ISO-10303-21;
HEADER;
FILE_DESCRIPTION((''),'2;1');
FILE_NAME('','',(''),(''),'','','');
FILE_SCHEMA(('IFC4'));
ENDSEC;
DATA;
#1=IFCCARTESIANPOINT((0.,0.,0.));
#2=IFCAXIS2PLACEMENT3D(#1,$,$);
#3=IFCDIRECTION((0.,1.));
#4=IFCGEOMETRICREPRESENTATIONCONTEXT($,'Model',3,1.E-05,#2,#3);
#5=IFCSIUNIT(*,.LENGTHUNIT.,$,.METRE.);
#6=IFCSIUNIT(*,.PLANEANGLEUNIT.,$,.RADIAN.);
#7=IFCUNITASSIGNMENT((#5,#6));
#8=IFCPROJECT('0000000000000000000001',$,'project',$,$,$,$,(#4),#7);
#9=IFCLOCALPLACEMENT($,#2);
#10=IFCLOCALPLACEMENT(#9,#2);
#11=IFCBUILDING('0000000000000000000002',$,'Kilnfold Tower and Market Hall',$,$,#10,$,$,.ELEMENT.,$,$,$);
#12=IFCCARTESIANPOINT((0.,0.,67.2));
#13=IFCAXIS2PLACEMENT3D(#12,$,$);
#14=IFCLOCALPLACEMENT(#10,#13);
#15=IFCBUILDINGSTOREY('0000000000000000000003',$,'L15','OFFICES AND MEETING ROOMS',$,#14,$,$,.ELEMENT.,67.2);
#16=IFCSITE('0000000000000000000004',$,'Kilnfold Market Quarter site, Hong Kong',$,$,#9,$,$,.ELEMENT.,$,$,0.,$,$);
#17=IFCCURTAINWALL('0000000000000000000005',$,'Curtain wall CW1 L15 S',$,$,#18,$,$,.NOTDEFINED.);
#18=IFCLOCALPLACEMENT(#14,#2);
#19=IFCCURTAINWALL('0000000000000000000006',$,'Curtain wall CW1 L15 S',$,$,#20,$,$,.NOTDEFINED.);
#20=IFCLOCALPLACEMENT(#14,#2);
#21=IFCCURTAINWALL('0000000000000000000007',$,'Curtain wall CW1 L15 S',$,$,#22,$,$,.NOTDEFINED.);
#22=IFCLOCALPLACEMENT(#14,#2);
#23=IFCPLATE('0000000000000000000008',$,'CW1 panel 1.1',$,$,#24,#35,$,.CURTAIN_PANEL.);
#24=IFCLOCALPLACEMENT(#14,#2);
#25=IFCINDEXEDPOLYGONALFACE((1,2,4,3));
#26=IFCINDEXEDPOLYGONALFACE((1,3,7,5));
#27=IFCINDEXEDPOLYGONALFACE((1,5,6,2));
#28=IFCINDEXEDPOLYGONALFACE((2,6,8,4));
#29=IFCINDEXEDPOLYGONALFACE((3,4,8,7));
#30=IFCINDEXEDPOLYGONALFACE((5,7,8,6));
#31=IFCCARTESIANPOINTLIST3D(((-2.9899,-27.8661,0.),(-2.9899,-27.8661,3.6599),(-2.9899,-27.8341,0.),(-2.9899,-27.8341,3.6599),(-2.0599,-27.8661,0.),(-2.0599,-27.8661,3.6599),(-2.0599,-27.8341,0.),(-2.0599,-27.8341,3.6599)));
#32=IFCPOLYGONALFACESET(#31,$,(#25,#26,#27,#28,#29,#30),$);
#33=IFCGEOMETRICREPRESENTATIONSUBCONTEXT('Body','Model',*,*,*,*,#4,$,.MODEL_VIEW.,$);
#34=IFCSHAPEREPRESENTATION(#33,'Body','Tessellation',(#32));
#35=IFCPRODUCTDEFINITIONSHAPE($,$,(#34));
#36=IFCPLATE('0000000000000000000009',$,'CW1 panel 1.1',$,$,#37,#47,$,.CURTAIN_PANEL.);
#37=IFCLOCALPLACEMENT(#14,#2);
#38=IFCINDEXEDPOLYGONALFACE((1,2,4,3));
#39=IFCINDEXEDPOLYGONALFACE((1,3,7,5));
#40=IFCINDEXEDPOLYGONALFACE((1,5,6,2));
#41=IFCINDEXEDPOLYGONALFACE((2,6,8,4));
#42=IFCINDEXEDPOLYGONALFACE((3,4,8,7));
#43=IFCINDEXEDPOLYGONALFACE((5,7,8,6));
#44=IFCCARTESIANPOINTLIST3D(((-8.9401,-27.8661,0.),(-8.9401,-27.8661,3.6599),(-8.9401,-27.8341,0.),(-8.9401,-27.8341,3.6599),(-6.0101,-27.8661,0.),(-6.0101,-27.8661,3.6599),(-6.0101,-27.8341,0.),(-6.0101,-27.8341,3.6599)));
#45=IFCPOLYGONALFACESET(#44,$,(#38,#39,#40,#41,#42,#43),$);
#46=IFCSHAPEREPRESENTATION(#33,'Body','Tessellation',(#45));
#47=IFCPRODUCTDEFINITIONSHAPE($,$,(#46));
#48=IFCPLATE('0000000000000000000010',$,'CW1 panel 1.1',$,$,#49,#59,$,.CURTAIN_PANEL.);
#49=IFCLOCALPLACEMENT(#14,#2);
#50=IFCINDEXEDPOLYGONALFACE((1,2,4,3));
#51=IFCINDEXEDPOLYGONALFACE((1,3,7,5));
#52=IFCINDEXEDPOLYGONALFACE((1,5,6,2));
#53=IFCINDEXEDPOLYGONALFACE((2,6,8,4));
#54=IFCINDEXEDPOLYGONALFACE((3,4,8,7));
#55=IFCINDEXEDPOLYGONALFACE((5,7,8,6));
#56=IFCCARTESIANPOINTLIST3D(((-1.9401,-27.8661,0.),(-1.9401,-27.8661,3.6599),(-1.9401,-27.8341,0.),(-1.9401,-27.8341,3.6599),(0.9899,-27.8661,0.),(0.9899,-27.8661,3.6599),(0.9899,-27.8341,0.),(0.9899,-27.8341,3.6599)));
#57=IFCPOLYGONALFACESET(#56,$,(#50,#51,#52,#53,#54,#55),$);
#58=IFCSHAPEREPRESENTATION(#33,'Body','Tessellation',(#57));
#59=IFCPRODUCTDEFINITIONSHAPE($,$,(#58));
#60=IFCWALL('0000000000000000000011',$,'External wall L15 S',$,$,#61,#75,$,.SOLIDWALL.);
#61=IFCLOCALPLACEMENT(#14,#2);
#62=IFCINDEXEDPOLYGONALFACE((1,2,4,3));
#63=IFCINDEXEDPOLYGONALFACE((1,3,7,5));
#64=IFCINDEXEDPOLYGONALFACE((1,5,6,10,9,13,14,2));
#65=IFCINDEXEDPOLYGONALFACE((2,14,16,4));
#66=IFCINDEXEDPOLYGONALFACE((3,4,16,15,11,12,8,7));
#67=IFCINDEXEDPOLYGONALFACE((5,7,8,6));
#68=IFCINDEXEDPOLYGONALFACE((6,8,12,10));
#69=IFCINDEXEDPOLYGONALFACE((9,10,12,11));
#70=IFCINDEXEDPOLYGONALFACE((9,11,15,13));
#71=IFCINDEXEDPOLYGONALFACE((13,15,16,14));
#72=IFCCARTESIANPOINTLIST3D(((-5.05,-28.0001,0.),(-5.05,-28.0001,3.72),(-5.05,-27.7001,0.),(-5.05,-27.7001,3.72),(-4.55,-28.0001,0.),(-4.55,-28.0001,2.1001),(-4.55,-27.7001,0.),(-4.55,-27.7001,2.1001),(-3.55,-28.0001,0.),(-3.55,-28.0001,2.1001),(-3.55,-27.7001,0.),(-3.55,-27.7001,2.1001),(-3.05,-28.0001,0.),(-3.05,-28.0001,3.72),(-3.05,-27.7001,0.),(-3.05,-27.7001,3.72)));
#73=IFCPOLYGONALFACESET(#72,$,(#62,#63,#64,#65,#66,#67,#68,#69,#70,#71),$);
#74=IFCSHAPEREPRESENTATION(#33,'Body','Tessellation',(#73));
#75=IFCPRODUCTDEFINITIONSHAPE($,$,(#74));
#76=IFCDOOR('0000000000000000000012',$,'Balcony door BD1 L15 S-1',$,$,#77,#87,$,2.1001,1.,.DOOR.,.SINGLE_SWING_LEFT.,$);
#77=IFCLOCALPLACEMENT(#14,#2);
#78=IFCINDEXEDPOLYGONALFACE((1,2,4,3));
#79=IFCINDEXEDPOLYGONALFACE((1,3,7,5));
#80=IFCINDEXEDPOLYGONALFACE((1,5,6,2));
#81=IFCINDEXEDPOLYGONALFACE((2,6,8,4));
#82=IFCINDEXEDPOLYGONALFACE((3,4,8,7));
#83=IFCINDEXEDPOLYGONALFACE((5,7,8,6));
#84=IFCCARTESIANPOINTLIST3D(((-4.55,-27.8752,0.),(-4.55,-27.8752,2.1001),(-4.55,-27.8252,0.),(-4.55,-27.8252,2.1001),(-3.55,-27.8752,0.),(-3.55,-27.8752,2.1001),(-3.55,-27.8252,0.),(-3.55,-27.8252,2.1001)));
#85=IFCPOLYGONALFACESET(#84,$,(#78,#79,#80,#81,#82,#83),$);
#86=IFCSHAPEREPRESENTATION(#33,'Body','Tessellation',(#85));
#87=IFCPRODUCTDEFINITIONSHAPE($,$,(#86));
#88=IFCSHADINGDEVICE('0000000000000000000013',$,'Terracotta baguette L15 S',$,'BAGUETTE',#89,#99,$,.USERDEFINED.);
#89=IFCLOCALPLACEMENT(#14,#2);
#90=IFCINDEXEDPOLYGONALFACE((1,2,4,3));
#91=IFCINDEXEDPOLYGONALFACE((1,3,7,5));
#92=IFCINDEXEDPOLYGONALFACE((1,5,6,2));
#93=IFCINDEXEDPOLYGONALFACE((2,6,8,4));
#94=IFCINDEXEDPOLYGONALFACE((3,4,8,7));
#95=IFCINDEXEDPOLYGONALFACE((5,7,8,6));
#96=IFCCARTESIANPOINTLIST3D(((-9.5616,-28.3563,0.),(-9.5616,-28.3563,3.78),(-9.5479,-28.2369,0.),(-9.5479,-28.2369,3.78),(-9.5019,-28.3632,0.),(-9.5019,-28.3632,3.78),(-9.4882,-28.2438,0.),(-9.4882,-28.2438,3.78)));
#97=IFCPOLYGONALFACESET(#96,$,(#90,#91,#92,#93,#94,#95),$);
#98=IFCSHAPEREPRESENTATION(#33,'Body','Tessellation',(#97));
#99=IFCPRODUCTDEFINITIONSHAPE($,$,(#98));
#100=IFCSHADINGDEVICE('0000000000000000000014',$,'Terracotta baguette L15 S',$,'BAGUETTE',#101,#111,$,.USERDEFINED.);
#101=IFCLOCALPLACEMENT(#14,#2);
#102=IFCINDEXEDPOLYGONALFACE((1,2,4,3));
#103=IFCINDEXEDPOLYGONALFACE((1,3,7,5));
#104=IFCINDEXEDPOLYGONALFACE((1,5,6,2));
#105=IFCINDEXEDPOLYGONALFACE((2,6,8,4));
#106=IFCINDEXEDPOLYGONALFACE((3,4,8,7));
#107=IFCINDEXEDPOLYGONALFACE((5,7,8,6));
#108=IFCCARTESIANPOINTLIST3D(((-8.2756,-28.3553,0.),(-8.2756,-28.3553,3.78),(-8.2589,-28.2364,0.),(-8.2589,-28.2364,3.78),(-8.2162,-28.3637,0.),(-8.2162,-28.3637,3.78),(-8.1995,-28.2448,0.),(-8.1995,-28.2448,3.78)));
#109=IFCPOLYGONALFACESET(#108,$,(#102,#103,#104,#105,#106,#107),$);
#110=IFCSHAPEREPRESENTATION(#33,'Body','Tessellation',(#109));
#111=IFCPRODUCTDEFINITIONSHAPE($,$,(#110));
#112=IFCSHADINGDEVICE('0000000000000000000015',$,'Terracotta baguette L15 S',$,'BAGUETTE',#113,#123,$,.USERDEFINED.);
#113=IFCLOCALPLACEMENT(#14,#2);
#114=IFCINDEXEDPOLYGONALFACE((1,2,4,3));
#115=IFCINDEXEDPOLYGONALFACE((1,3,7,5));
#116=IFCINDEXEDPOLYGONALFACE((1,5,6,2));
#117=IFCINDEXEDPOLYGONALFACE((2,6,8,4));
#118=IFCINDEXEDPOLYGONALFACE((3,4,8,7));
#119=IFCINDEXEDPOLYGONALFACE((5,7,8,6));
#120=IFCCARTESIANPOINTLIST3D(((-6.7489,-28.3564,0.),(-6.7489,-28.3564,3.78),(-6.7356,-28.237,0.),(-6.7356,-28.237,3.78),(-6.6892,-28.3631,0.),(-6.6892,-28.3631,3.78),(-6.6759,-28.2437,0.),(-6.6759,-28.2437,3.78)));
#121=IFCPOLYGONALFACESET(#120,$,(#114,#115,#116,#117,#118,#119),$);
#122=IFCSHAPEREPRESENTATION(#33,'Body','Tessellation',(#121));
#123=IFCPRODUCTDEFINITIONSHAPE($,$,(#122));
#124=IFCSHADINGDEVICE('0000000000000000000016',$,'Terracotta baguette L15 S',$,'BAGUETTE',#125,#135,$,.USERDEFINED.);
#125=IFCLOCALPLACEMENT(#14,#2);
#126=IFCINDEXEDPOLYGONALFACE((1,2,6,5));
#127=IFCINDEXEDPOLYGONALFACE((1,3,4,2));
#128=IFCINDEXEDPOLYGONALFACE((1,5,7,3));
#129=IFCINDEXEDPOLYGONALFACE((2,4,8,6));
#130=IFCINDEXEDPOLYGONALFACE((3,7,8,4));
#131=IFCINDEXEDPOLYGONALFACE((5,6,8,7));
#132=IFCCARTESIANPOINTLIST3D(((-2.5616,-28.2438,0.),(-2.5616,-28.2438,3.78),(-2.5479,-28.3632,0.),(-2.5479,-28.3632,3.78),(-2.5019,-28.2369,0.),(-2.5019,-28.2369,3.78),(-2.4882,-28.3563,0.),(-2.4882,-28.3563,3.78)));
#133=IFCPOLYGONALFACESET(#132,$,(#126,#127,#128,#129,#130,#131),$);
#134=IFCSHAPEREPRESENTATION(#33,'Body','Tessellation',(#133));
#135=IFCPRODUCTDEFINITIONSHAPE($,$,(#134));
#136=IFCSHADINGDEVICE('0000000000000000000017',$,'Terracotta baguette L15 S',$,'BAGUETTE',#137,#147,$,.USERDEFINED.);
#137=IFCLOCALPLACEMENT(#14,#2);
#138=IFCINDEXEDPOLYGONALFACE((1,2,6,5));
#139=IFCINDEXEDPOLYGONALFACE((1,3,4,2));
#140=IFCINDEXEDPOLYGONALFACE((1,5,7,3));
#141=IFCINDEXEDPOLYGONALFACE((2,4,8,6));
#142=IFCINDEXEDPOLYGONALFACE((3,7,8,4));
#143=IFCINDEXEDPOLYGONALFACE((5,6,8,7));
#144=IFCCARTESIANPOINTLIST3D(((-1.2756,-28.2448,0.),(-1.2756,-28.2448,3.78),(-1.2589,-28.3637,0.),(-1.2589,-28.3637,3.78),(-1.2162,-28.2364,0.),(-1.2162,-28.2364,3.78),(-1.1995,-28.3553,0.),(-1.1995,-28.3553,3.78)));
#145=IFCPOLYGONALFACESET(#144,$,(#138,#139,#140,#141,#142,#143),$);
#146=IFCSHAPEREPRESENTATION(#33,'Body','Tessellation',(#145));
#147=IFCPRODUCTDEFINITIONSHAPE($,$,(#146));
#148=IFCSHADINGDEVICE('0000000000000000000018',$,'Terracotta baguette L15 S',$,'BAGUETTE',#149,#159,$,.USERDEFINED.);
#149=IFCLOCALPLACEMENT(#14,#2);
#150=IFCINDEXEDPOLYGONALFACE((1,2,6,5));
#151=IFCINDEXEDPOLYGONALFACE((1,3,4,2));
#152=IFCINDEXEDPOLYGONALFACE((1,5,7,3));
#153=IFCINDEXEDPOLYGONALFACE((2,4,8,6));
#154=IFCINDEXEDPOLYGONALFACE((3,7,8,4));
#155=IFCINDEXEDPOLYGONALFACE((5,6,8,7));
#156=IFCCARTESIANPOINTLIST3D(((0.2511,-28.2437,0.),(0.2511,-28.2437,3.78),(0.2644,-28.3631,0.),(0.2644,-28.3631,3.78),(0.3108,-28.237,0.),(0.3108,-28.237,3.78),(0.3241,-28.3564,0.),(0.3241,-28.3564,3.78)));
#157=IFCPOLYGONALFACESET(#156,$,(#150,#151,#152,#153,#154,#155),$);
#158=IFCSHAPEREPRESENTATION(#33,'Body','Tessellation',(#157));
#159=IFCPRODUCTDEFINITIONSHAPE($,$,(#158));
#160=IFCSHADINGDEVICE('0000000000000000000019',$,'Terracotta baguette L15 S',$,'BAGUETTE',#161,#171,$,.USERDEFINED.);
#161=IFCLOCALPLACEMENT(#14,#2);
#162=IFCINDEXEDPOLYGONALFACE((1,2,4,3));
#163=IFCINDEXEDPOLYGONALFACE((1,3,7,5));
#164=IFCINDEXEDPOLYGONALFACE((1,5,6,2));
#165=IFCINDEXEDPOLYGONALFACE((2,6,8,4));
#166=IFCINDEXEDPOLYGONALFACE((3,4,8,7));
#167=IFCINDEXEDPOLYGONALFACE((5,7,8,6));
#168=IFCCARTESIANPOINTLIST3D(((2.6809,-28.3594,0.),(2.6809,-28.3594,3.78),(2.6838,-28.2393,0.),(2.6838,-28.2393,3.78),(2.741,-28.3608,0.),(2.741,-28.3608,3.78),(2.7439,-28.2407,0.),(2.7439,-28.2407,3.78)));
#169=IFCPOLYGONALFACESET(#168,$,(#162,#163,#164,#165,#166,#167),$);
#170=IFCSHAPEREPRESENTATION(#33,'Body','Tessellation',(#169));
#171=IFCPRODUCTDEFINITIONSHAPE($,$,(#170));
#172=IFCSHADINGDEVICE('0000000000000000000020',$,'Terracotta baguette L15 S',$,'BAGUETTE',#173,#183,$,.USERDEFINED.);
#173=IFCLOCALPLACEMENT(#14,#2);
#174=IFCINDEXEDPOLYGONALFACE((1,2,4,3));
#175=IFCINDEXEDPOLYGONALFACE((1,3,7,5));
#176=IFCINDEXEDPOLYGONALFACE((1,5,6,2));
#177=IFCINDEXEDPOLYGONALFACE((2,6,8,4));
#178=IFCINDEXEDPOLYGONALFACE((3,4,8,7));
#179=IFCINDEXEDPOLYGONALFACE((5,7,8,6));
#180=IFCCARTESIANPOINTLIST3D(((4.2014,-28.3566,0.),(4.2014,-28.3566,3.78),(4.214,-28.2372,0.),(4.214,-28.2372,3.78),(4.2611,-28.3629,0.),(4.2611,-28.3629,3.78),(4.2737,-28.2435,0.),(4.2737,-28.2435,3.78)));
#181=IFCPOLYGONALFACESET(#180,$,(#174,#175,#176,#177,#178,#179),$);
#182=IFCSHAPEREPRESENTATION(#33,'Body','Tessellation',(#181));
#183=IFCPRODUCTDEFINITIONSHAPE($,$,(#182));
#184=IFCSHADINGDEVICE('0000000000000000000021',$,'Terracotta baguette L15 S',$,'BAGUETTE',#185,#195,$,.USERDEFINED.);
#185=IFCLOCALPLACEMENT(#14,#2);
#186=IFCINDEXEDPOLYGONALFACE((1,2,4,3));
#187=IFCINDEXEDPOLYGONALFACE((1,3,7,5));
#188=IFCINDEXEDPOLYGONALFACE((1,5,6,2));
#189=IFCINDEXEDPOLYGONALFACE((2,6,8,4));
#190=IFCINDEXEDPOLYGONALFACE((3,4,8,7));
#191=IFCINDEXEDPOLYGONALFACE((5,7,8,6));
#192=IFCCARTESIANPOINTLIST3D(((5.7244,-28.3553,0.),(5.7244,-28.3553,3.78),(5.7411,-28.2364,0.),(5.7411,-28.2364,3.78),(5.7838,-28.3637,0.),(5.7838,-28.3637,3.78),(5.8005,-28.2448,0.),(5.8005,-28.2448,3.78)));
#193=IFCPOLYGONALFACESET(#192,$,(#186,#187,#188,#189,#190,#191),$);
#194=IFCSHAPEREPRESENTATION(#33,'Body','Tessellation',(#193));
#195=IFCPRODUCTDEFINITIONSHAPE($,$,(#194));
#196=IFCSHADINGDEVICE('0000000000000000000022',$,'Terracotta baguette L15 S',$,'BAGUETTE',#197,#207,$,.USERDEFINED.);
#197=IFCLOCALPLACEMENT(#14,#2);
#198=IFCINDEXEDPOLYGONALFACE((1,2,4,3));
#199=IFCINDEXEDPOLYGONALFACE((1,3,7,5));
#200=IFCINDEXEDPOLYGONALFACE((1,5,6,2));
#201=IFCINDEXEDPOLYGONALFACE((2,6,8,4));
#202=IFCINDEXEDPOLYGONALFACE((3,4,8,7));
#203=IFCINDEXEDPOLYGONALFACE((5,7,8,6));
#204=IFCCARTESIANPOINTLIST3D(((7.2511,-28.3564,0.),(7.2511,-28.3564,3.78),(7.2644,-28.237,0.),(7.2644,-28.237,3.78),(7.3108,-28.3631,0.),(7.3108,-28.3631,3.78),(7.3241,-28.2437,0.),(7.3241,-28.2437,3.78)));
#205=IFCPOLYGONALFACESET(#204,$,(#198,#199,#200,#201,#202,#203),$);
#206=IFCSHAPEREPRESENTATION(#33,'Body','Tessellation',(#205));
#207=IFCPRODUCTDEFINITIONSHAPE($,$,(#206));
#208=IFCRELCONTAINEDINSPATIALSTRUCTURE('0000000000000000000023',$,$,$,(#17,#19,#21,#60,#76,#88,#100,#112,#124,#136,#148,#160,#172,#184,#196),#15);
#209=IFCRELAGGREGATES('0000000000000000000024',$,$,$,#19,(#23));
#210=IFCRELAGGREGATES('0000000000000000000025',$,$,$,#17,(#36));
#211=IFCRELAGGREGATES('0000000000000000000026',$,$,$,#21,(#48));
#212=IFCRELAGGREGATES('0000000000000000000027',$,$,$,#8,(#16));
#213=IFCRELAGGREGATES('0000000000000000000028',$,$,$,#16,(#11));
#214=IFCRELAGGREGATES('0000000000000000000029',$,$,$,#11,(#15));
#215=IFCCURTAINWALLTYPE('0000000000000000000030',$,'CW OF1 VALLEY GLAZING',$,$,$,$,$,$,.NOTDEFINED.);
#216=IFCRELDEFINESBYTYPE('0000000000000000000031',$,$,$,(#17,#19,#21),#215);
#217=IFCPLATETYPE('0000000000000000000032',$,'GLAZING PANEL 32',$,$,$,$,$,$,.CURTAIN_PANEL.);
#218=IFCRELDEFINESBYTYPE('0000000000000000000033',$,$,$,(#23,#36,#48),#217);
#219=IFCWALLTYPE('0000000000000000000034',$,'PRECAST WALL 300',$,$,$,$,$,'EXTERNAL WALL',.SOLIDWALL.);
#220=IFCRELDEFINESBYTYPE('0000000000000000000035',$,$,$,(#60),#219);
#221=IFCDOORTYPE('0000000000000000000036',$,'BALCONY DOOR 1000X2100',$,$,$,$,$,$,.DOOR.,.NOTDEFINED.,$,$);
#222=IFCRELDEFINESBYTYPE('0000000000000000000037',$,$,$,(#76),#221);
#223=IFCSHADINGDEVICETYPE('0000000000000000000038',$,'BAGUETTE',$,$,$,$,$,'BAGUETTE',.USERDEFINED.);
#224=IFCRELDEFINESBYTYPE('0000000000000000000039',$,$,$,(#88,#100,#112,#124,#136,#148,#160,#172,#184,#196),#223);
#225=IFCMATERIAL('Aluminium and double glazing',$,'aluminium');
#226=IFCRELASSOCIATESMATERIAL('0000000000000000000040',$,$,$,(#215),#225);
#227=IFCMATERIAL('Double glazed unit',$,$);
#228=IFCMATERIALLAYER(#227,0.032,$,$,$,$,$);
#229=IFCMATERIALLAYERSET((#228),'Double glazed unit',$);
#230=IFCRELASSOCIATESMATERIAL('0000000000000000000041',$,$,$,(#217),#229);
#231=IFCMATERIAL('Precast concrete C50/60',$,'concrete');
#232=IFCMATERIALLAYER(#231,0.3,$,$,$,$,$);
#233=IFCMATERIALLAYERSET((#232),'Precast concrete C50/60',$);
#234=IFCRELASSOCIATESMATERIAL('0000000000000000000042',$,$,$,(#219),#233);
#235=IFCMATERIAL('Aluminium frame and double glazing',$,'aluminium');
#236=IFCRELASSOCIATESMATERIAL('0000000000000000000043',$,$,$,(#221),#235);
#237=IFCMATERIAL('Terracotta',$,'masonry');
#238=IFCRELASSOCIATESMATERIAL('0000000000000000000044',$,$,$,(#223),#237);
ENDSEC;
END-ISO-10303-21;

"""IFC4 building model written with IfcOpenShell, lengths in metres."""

from ifc_helpers import new_model, si_unit, direction, frame, frame_2d, origin, origin_2d, place, context, subcontext, project, spatial, rectangle, extrude, source, transform, mapped, material, layer, layer_set, material_profile, profile_set, type_object, element, fill, aggregate, save


model = new_model("IFC4")

# Units and contexts
model_context = context("Model", 3, precision=1e-05, world=origin(), true_north=direction((0.0, 1.0)))
body_context = subcontext(model_context, "Body", "Model", "MODEL_VIEW")
ifc_project = project(units=[si_unit("LENGTHUNIT", "METRE"), si_unit("PLANEANGLEUNIT", "RADIAN")], contexts=[model_context])

# Site, building, storey
site_placement = place(None, origin())
site = spatial("IfcSite", under=ifc_project, at=site_placement, Name="Kilnfold Market Quarter site, Hong Kong", CompositionType="ELEMENT", RefElevation=0.0)
building_placement = place(site_placement, origin())
building = spatial("IfcBuilding", under=site, at=building_placement, Name="Kilnfold Tower and Market Hall", CompositionType="ELEMENT")
storey_placement = place(building_placement, frame((0.0, 0.0, 67.2)))
storey = spatial("IfcBuildingStorey", under=building, at=storey_placement, Name="L15", Description="OFFICES AND MEETING ROOMS", CompositionType="ELEMENT", Elevation=67.2)

# Curtain walls
ifc_material_1 = material(Name="Aluminium and double glazing", Category="aluminium")
curtain_wall_type = type_object("IfcCurtainWallType", Name="CW OF1 VALLEY GLAZING", PredefinedType="NOTDEFINED", material=ifc_material_1)
curtain_wall_1_placement = place(storey_placement, origin())
curtain_wall_1 = element("IfcCurtainWall", 1, at=curtain_wall_1_placement, inside=storey, type_object=curtain_wall_type, Name="Curtain wall CW1 L15 S", PredefinedType="NOTDEFINED")
curtain_wall_2_placement = place(storey_placement, origin())
curtain_wall_2 = element("IfcCurtainWall", 2, at=curtain_wall_2_placement, inside=storey, type_object=curtain_wall_type, Name="Curtain wall CW1 L15 S", PredefinedType="NOTDEFINED")
curtain_wall_3_placement = place(storey_placement, origin())
curtain_wall_3 = element("IfcCurtainWall", 3, at=curtain_wall_3_placement, inside=storey, type_object=curtain_wall_type, Name="Curtain wall CW1 L15 S", PredefinedType="NOTDEFINED")

# Plates
ifc_material_2 = material(Name="Double glazed unit")
ifc_layer_1 = layer(ifc_material_2, 0.032)
ifc_layer_set_1 = layer_set([ifc_layer_1], Name="Double glazed unit")
plate_type = type_object("IfcPlateType", Name="GLAZING PANEL 32", PredefinedType="CURTAIN_PANEL", material=ifc_layer_set_1)
shared_shape_1 = source(origin(), body_context, "Body", "SweptSolid", [
    extrude(rectangle(XDim=0.9299, YDim=0.032, at=origin_2d()), origin(), (0.0, 0.0, 1.0), 3.6599),
])
plate_1_placement = place(storey_placement, frame((-2.5249, -27.8501, 0.0), z_axis=(0.0, 0.0, 1.0), x_axis=(1.0, 0.0, 0.0)))
plate_1 = element("IfcPlate", 4, at=plate_1_placement, type_object=plate_type, Name="CW1 panel 1.1", PredefinedType="CURTAIN_PANEL", context=body_context, shape_type="MappedRepresentation", body=[
    mapped(shared_shape_1, transform((0.0, 0.0, 0.0))),
])
aggregate(curtain_wall_2, [plate_1])
shared_shape_2 = source(origin(), body_context, "Body", "SweptSolid", [
    extrude(rectangle(XDim=2.9299, YDim=0.032, at=origin_2d()), origin(), (0.0, 0.0, 1.0), 3.6599),
])
plate_2_placement = place(storey_placement, frame((-7.4751, -27.8501, 0.0), z_axis=(0.0, 0.0, 1.0), x_axis=(1.0, 0.0, 0.0)))
plate_2 = element("IfcPlate", 5, at=plate_2_placement, type_object=plate_type, Name="CW1 panel 1.1", PredefinedType="CURTAIN_PANEL", context=body_context, shape_type="MappedRepresentation", body=[
    mapped(shared_shape_2, transform((0.0, 0.0, 0.0))),
])
aggregate(curtain_wall_1, [plate_2])
plate_3_placement = place(storey_placement, frame((-0.4751, -27.8501, 0.0), z_axis=(0.0, 0.0, 1.0), x_axis=(1.0, 0.0, 0.0)))
plate_3 = element("IfcPlate", 6, at=plate_3_placement, type_object=plate_type, Name="CW1 panel 1.1", PredefinedType="CURTAIN_PANEL", context=body_context, shape_type="MappedRepresentation", body=[
    mapped(shared_shape_2, transform((0.0, 0.0, 0.0))),
])
aggregate(curtain_wall_3, [plate_3])

# Wall, opening, door
ifc_material_3 = material(Name="Precast concrete C50/60", Category="concrete")
ifc_layer_2 = layer(ifc_material_3, 0.3)
ifc_layer_set_2 = layer_set([ifc_layer_2], Name="Precast concrete C50/60")
wall_type = type_object("IfcWallType", Name="PRECAST WALL 300", ElementType="EXTERNAL WALL", PredefinedType="SOLIDWALL", material=ifc_layer_set_2)
shared_shape_3 = source(origin(), body_context, "Body", "SweptSolid", [
    extrude(rectangle(XDim=2.0, YDim=0.3, at=frame_2d((1.0, 0.0))), origin(), (0.0, 0.0, 1.0), 3.72),
])
wall_placement = place(storey_placement, frame((-5.05, -27.8501, 0.0), z_axis=(0.0, 0.0, 1.0), x_axis=(1.0, 0.0, 0.0)))
wall = element("IfcWall", 7, at=wall_placement, inside=storey, type_object=wall_type, Name="External wall L15 S", PredefinedType="SOLIDWALL", context=body_context, shape_type="MappedRepresentation", body=[
    mapped(shared_shape_3, transform((0.0, 0.0, 0.0))),
])
opening_placement = place(wall_placement, frame((0.5, 0.0, 0.0)))
opening = element("IfcOpeningElement", 8, at=opening_placement, cuts=wall, PredefinedType="OPENING", context=body_context, shape_type="SweptSolid", body=[
    extrude(rectangle(XDim=1.0, YDim=2.1001, at=frame_2d((0.5, 1.05))), frame((0.0, 0.1602, 0.0), z_axis=(0.0, -1.0, 0.0), x_axis=(1.0, 0.0, 0.0)), (0.0, 0.0, 1.0), 0.3201),
])
ifc_material_4 = material(Name="Aluminium frame and double glazing", Category="aluminium")
door_type = type_object("IfcDoorType", Name="BALCONY DOOR 1000X2100", OperationType="NOTDEFINED", PredefinedType="DOOR", material=ifc_material_4)
door_placement = place(opening_placement, origin())
door = element("IfcDoor", 9, at=door_placement, inside=storey, type_object=door_type, Name="Balcony door BD1 L15 S-1", OperationType="SINGLE_SWING_LEFT", OverallHeight=2.1001, OverallWidth=1.0, PredefinedType="DOOR", context=body_context, shape_type="SweptSolid", body=[
    extrude(rectangle(XDim=1.0, YDim=2.1001, at=frame_2d((0.5, 1.05))), frame((0.0, 0.0249, 0.0), z_axis=(0.0, -1.0, 0.0), x_axis=(1.0, 0.0, 0.0)), (0.0, 0.0, 1.0), 0.05),
])
fill(opening, door)

# Shading devices
ifc_material_5 = material(Name="Terracotta", Category="masonry")
ifc_material_profile_1 = material_profile(ifc_material_5, rectangle(XDim=0.0601, YDim=0.1201, at=origin_2d()), Name="BAG 60x120")
ifc_profile_set_1 = profile_set([ifc_material_profile_1], Name="Terracotta")
shading_device_type = type_object("IfcShadingDeviceType", Name="BAGUETTE", ElementType="BAGUETTE", PredefinedType="USERDEFINED", material=ifc_profile_set_1)
shared_shape_4 = source(origin(), body_context, "Body", "SweptSolid", [
    extrude(rectangle(XDim=0.0601, YDim=0.1201, at=origin_2d()), origin(), (0.0, 0.0, 1.0), 3.78),
])
for number, where, z_axis, x_axis, name in (
    (10, (-9.5249, -28.3, 0.0), (0.0, 0.0, 1.0), (0.993425, -0.114486, 0.0), "Terracotta baguette L15 S"),
    (11, (-8.2375, -28.3, 0.0), (0.0, 0.0, 1.0), (0.990276, -0.139118, 0.0), "Terracotta baguette L15 S"),
    (12, (-6.7124, -28.3, 0.0), (0.0, 0.0, 1.0), (0.993884, -0.110426, 0.0), "Terracotta baguette L15 S"),
    (13, (-2.5249, -28.3, 0.0), (0.0, 0.0, 1.0), (0.993425, 0.114486, 0.0), "Terracotta baguette L15 S"),
    (14, (-1.2375, -28.3, 0.0), (0.0, 0.0, 1.0), (0.990276, 0.139118, 0.0), "Terracotta baguette L15 S"),
    (15, (0.2876, -28.3, 0.0), (0.0, 0.0, 1.0), (0.993884, 0.110426, 0.0), "Terracotta baguette L15 S"),
    (16, (2.7124, -28.3, 0.0), (0.0, 0.0, 1.0), (0.99971, -0.024095, 0.0), "Terracotta baguette L15 S"),
    (17, (4.2375, -28.3, 0.0), (0.0, 0.0, 1.0), (0.994427, -0.105426, 0.0), "Terracotta baguette L15 S"),
    (18, (5.7625, -28.3, 0.0), (0.0, 0.0, 1.0), (0.990276, -0.139118, 0.0), "Terracotta baguette L15 S"),
    (19, (7.2876, -28.3, 0.0), (0.0, 0.0, 1.0), (0.993884, -0.110426, 0.0), "Terracotta baguette L15 S"),
):
    element("IfcShadingDevice", number, at=place(storey_placement, frame(where, z_axis=z_axis, x_axis=x_axis)), inside=storey, type_object=shading_device_type, Name=name, ObjectType="BAGUETTE", PredefinedType="USERDEFINED", context=body_context, shape_type="MappedRepresentation", body=[
        mapped(shared_shape_4, transform((0.0, 0.0, 0.0))),
    ])

save(model, "model.ifc")
